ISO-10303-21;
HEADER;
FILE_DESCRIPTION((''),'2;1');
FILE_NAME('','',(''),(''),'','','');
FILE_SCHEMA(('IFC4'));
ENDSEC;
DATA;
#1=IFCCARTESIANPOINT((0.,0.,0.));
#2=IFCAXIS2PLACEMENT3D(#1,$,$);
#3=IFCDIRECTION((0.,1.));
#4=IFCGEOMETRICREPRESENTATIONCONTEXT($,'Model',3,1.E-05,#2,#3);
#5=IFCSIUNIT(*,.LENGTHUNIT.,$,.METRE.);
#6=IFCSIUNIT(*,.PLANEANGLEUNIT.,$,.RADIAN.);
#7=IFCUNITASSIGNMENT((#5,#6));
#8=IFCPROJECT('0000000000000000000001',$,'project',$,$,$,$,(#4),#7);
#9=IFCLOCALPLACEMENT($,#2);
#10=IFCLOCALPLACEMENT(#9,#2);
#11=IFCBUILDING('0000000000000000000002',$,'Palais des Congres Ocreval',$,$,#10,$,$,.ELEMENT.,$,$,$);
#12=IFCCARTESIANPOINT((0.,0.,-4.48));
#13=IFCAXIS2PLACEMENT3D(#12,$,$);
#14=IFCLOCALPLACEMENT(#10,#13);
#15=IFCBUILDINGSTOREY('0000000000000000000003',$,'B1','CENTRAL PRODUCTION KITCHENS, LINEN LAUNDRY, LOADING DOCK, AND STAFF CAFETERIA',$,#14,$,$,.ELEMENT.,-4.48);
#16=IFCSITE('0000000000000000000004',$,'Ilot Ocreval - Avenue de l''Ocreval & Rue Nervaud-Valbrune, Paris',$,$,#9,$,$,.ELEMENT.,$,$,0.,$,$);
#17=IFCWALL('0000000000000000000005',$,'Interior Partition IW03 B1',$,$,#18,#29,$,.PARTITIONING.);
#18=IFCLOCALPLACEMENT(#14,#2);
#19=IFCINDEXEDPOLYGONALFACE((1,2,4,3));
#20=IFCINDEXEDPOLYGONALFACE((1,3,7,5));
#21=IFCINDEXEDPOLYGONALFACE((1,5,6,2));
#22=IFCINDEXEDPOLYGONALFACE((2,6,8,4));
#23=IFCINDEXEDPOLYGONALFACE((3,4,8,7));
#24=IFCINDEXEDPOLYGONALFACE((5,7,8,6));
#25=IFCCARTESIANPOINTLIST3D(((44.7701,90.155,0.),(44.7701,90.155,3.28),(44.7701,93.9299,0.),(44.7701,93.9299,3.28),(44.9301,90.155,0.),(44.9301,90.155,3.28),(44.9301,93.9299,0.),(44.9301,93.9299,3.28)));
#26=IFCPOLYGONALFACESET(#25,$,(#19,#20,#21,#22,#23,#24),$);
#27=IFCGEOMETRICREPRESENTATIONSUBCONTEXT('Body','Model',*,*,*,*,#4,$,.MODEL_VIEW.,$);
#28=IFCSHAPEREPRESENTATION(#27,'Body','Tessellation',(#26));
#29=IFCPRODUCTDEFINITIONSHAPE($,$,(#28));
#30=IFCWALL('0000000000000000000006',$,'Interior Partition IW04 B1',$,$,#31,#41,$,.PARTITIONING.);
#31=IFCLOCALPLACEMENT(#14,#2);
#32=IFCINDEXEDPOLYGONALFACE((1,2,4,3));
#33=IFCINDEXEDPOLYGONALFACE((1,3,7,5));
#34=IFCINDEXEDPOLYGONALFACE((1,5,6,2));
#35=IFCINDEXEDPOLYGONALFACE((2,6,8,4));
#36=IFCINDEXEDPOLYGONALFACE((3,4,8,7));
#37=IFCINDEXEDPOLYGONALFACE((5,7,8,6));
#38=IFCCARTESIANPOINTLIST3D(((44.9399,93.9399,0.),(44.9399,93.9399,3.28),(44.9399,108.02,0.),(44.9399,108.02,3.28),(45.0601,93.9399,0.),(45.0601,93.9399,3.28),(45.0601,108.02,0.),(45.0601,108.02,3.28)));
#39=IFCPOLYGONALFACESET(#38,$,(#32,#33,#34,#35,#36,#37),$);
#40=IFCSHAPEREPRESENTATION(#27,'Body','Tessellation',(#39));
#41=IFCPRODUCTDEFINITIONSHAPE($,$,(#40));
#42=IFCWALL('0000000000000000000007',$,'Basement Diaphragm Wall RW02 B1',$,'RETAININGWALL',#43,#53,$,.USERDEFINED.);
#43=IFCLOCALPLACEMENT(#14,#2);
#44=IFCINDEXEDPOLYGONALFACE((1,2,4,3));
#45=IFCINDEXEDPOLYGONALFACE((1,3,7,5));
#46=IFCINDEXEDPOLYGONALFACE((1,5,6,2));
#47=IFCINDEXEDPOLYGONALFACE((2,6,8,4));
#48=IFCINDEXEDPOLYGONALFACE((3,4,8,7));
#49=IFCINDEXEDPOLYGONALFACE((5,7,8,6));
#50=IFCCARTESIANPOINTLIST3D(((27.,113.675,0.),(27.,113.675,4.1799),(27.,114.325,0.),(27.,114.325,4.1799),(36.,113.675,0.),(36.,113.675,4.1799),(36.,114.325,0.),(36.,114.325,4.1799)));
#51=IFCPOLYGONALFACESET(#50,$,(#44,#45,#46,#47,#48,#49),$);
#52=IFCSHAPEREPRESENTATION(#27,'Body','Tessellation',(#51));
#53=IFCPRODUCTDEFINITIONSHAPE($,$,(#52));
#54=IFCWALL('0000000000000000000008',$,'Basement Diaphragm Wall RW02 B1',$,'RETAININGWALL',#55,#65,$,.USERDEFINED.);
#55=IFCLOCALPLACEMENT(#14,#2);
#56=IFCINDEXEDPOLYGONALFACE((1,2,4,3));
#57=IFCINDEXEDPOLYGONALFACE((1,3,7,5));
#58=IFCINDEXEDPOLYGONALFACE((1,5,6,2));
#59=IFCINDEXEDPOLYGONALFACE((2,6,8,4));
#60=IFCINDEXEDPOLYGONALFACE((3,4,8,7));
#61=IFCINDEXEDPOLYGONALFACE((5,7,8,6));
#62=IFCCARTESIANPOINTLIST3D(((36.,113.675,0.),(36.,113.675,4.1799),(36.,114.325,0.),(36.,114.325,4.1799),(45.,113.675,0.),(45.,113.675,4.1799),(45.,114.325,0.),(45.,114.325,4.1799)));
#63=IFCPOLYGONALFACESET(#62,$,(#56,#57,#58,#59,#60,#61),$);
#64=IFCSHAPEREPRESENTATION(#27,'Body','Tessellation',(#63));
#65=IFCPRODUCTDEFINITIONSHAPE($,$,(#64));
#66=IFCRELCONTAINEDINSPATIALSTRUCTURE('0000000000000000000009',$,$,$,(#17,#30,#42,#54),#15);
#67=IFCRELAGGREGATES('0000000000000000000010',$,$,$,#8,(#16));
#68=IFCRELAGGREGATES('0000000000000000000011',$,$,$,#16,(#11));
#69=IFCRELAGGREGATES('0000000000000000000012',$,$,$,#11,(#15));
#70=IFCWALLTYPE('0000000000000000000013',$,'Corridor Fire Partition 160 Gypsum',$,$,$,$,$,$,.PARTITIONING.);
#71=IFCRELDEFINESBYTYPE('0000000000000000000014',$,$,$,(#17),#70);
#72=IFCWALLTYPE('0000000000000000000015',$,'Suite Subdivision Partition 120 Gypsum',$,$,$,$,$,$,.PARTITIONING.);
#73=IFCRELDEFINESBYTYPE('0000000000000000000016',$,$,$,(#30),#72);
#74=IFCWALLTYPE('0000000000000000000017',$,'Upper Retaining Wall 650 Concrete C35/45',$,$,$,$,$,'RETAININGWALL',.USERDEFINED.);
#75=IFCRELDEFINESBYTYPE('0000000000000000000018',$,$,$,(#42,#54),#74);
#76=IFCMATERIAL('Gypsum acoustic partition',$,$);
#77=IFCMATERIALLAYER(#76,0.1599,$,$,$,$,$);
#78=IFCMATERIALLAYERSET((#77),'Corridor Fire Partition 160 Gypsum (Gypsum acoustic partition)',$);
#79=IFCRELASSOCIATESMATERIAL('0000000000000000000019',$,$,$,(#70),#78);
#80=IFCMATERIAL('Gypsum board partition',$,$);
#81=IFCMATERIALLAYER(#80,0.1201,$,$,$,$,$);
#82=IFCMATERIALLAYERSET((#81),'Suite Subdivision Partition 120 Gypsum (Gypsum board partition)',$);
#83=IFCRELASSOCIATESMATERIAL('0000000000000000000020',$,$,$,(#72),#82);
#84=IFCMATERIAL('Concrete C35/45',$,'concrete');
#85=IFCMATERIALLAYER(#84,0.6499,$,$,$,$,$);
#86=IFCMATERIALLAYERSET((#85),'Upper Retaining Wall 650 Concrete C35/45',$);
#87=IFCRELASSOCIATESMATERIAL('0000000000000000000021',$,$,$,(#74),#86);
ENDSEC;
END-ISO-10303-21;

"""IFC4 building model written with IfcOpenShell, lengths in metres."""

from ifc_helpers import new_model, si_unit, direction, frame, frame_2d, origin, place, context, subcontext, project, spatial, rectangle, extrude, material, layer, layer_set, type_object, element, save


model = new_model("IFC4")

# Units and contexts
model_context = context("Model", 3, precision=1e-05, world=origin(), true_north=direction((0.0, 1.0)))
body_context = subcontext(model_context, "Body", "Model", "MODEL_VIEW")
ifc_project = project(units=[si_unit("LENGTHUNIT", "METRE"), si_unit("PLANEANGLEUNIT", "RADIAN")], contexts=[model_context])

# Site, building, storey
site_placement = place(None, origin())
site = spatial("IfcSite", under=ifc_project, at=site_placement, Name="Ilot Ocreval - Avenue de l'Ocreval & Rue Nervaud-Valbrune, Paris", CompositionType="ELEMENT", RefElevation=0.0)
building_placement = place(site_placement, origin())
building = spatial("IfcBuilding", under=site, at=building_placement, Name="Palais des Congres Ocreval", CompositionType="ELEMENT")
storey_placement = place(building_placement, frame((0.0, 0.0, -4.48)))
storey = spatial("IfcBuildingStorey", under=building, at=storey_placement, Name="B1", Description="CENTRAL PRODUCTION KITCHENS, LINEN LAUNDRY, LOADING DOCK, AND STAFF CAFETERIA", CompositionType="ELEMENT", Elevation=-4.48)

# Shared definitions
ifc_material_1 = material(Name="Concrete C35/45", Category="concrete")

# Walls
ifc_material_2 = material(Name="Gypsum acoustic partition")
ifc_layer_1 = layer(ifc_material_2, 0.1599)
ifc_layer_set_1 = layer_set([ifc_layer_1], Name="Corridor Fire Partition 160 Gypsum (Gypsum acoustic partition)")
wall_type_1 = type_object("IfcWallType", Name="Corridor Fire Partition 160 Gypsum", PredefinedType="PARTITIONING", material=ifc_layer_set_1)
wall_1_placement = place(storey_placement, frame((44.8501, 90.155, 0.0), z_axis=(0.0, 0.0, 1.0), x_axis=(0.0, 1.0, 0.0)))
element("IfcWall", 1, at=wall_1_placement, inside=storey, type_object=wall_type_1, Name="Interior Partition IW03 B1", PredefinedType="PARTITIONING", context=body_context, shape_type="SweptSolid", body=[
    extrude(rectangle(XDim=3.7749, YDim=0.1599, at=frame_2d((1.8875, 0.0))), origin(), (0.0, 0.0, 1.0), 3.28),
])
ifc_material_3 = material(Name="Gypsum board partition")
ifc_layer_2 = layer(ifc_material_3, 0.1201)
ifc_layer_set_2 = layer_set([ifc_layer_2], Name="Suite Subdivision Partition 120 Gypsum (Gypsum board partition)")
wall_type_2 = type_object("IfcWallType", Name="Suite Subdivision Partition 120 Gypsum", PredefinedType="PARTITIONING", material=ifc_layer_set_2)
wall_2_placement = place(storey_placement, frame((45.0, 93.9399, 0.0), z_axis=(0.0, 0.0, 1.0), x_axis=(0.0, 1.0, 0.0)))
element("IfcWall", 2, at=wall_2_placement, inside=storey, type_object=wall_type_2, Name="Interior Partition IW04 B1", PredefinedType="PARTITIONING", context=body_context, shape_type="SweptSolid", body=[
    extrude(rectangle(XDim=14.0801, YDim=0.1201, at=frame_2d((7.04, 0.0))), origin(), (0.0, 0.0, 1.0), 3.28),
])
ifc_layer_3 = layer(ifc_material_1, 0.6499)
ifc_layer_set_3 = layer_set([ifc_layer_3], Name="Upper Retaining Wall 650 Concrete C35/45")
wall_type_3 = type_object("IfcWallType", Name="Upper Retaining Wall 650 Concrete C35/45", ElementType="RETAININGWALL", PredefinedType="USERDEFINED", material=ifc_layer_set_3)
for number, where, z_axis, x_axis, name in (
    (3, (27.0, 114.0, 0.0), (0.0, 0.0, 1.0), (1.0, 0.0, 0.0), "Basement Diaphragm Wall RW02 B1"),
    (4, (36.0, 114.0, 0.0), (0.0, 0.0, 1.0), (1.0, 0.0, 0.0), "Basement Diaphragm Wall RW02 B1"),
):
    element("IfcWall", number, at=place(storey_placement, frame(where, z_axis=z_axis, x_axis=x_axis)), inside=storey, type_object=wall_type_3, Name=name, ObjectType="RETAININGWALL", PredefinedType="USERDEFINED", context=body_context, shape_type="SweptSolid", body=[
        extrude(rectangle(XDim=9.0, YDim=0.6499, at=frame_2d((4.5, 0.0))), origin(), (0.0, 0.0, 1.0), 4.1799),
    ])

save(model, "model.ifc")
